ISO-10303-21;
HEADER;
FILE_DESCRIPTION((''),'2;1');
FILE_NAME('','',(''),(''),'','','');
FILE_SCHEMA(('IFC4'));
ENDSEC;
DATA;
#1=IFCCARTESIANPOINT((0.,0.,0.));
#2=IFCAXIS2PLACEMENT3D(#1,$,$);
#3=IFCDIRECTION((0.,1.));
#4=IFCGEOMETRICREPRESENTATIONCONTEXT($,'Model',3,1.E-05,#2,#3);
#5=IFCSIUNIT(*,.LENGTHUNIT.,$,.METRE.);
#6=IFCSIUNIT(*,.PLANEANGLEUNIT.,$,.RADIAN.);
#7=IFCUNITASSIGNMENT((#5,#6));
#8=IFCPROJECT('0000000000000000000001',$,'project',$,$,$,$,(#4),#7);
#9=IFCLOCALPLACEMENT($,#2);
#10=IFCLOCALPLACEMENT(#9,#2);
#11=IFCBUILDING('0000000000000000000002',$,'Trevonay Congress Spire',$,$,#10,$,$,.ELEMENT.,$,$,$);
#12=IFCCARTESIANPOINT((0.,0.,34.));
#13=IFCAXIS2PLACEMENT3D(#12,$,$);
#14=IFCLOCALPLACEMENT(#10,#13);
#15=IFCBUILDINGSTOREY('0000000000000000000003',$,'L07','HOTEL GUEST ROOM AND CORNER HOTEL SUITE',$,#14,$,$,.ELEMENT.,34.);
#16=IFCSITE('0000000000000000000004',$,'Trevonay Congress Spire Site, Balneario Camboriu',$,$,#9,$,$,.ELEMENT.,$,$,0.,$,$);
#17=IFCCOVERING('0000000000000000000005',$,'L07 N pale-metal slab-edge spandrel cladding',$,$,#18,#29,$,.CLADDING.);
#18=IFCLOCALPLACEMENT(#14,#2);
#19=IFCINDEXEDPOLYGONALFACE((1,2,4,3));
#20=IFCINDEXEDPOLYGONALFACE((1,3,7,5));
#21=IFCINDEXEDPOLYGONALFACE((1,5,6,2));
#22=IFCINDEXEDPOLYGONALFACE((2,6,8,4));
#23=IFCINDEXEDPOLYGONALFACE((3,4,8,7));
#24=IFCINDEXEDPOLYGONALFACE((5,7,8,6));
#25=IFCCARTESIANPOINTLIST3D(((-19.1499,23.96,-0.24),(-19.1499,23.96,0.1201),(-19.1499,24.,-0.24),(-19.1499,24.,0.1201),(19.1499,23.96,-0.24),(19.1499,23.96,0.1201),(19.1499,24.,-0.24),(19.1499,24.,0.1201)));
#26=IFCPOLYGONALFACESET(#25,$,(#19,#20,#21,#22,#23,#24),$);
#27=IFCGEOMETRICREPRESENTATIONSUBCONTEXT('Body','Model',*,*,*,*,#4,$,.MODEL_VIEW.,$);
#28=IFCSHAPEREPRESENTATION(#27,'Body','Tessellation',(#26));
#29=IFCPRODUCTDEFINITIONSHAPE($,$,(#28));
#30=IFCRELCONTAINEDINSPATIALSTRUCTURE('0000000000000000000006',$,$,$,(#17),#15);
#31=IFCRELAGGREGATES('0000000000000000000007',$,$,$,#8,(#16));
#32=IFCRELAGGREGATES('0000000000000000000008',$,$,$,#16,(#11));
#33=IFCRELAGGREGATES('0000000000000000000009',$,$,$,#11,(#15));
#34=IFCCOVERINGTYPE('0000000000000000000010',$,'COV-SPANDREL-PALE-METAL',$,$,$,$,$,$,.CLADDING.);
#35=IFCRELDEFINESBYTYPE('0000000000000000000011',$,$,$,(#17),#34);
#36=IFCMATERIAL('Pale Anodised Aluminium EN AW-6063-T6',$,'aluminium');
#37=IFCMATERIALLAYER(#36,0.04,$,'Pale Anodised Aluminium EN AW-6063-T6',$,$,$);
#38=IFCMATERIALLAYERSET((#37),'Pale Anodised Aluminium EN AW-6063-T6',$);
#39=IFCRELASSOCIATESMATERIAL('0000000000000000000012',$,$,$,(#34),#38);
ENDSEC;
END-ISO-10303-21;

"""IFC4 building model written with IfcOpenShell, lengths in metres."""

from ifc_helpers import new_model, si_unit, direction, frame, frame_2d, origin, place, context, subcontext, project, spatial, rectangle, extrude, material, layer, layer_set, type_object, element, save


model = new_model("IFC4")

# Units and contexts
model_context = context("Model", 3, precision=1e-05, world=origin(), true_north=direction((0.0, 1.0)))
body_context = subcontext(model_context, "Body", "Model", "MODEL_VIEW")
ifc_project = project(units=[si_unit("LENGTHUNIT", "METRE"), si_unit("PLANEANGLEUNIT", "RADIAN")], contexts=[model_context])

# Site, building, storey
site_placement = place(None, origin())
site = spatial("IfcSite", under=ifc_project, at=site_placement, Name="Trevonay Congress Spire Site, Balneario Camboriu", CompositionType="ELEMENT", RefElevation=0.0)
building_placement = place(site_placement, origin())
building = spatial("IfcBuilding", under=site, at=building_placement, Name="Trevonay Congress Spire", CompositionType="ELEMENT")
storey_placement = place(building_placement, frame((0.0, 0.0, 34.0)))
storey = spatial("IfcBuildingStorey", under=building, at=storey_placement, Name="L07", Description="HOTEL GUEST ROOM AND CORNER HOTEL SUITE", CompositionType="ELEMENT", Elevation=34.0)

# Covering
ifc_material_1 = material(Name="Pale Anodised Aluminium EN AW-6063-T6", Category="aluminium")
ifc_layer_1 = layer(ifc_material_1, 0.04, Name="Pale Anodised Aluminium EN AW-6063-T6")
ifc_layer_set_1 = layer_set([ifc_layer_1], Name="Pale Anodised Aluminium EN AW-6063-T6")
covering_type = type_object("IfcCoveringType", Name="COV-SPANDREL-PALE-METAL", PredefinedType="CLADDING", material=ifc_layer_set_1)
covering_placement = place(storey_placement, frame((-19.1499, 23.98, -0.24), z_axis=(0.0, 0.0, 1.0), x_axis=(1.0, 0.0, 0.0)))
element("IfcCovering", 1, at=covering_placement, inside=storey, type_object=covering_type, Name="L07 N pale-metal slab-edge spandrel cladding", PredefinedType="CLADDING", context=body_context, shape_type="SweptSolid", body=[
    extrude(rectangle(XDim=38.2998, YDim=0.04, at=frame_2d((19.1499, 0.0))), origin(), (0.0, 0.0, 1.0), 0.3601),
])

save(model, "model.ifc")
